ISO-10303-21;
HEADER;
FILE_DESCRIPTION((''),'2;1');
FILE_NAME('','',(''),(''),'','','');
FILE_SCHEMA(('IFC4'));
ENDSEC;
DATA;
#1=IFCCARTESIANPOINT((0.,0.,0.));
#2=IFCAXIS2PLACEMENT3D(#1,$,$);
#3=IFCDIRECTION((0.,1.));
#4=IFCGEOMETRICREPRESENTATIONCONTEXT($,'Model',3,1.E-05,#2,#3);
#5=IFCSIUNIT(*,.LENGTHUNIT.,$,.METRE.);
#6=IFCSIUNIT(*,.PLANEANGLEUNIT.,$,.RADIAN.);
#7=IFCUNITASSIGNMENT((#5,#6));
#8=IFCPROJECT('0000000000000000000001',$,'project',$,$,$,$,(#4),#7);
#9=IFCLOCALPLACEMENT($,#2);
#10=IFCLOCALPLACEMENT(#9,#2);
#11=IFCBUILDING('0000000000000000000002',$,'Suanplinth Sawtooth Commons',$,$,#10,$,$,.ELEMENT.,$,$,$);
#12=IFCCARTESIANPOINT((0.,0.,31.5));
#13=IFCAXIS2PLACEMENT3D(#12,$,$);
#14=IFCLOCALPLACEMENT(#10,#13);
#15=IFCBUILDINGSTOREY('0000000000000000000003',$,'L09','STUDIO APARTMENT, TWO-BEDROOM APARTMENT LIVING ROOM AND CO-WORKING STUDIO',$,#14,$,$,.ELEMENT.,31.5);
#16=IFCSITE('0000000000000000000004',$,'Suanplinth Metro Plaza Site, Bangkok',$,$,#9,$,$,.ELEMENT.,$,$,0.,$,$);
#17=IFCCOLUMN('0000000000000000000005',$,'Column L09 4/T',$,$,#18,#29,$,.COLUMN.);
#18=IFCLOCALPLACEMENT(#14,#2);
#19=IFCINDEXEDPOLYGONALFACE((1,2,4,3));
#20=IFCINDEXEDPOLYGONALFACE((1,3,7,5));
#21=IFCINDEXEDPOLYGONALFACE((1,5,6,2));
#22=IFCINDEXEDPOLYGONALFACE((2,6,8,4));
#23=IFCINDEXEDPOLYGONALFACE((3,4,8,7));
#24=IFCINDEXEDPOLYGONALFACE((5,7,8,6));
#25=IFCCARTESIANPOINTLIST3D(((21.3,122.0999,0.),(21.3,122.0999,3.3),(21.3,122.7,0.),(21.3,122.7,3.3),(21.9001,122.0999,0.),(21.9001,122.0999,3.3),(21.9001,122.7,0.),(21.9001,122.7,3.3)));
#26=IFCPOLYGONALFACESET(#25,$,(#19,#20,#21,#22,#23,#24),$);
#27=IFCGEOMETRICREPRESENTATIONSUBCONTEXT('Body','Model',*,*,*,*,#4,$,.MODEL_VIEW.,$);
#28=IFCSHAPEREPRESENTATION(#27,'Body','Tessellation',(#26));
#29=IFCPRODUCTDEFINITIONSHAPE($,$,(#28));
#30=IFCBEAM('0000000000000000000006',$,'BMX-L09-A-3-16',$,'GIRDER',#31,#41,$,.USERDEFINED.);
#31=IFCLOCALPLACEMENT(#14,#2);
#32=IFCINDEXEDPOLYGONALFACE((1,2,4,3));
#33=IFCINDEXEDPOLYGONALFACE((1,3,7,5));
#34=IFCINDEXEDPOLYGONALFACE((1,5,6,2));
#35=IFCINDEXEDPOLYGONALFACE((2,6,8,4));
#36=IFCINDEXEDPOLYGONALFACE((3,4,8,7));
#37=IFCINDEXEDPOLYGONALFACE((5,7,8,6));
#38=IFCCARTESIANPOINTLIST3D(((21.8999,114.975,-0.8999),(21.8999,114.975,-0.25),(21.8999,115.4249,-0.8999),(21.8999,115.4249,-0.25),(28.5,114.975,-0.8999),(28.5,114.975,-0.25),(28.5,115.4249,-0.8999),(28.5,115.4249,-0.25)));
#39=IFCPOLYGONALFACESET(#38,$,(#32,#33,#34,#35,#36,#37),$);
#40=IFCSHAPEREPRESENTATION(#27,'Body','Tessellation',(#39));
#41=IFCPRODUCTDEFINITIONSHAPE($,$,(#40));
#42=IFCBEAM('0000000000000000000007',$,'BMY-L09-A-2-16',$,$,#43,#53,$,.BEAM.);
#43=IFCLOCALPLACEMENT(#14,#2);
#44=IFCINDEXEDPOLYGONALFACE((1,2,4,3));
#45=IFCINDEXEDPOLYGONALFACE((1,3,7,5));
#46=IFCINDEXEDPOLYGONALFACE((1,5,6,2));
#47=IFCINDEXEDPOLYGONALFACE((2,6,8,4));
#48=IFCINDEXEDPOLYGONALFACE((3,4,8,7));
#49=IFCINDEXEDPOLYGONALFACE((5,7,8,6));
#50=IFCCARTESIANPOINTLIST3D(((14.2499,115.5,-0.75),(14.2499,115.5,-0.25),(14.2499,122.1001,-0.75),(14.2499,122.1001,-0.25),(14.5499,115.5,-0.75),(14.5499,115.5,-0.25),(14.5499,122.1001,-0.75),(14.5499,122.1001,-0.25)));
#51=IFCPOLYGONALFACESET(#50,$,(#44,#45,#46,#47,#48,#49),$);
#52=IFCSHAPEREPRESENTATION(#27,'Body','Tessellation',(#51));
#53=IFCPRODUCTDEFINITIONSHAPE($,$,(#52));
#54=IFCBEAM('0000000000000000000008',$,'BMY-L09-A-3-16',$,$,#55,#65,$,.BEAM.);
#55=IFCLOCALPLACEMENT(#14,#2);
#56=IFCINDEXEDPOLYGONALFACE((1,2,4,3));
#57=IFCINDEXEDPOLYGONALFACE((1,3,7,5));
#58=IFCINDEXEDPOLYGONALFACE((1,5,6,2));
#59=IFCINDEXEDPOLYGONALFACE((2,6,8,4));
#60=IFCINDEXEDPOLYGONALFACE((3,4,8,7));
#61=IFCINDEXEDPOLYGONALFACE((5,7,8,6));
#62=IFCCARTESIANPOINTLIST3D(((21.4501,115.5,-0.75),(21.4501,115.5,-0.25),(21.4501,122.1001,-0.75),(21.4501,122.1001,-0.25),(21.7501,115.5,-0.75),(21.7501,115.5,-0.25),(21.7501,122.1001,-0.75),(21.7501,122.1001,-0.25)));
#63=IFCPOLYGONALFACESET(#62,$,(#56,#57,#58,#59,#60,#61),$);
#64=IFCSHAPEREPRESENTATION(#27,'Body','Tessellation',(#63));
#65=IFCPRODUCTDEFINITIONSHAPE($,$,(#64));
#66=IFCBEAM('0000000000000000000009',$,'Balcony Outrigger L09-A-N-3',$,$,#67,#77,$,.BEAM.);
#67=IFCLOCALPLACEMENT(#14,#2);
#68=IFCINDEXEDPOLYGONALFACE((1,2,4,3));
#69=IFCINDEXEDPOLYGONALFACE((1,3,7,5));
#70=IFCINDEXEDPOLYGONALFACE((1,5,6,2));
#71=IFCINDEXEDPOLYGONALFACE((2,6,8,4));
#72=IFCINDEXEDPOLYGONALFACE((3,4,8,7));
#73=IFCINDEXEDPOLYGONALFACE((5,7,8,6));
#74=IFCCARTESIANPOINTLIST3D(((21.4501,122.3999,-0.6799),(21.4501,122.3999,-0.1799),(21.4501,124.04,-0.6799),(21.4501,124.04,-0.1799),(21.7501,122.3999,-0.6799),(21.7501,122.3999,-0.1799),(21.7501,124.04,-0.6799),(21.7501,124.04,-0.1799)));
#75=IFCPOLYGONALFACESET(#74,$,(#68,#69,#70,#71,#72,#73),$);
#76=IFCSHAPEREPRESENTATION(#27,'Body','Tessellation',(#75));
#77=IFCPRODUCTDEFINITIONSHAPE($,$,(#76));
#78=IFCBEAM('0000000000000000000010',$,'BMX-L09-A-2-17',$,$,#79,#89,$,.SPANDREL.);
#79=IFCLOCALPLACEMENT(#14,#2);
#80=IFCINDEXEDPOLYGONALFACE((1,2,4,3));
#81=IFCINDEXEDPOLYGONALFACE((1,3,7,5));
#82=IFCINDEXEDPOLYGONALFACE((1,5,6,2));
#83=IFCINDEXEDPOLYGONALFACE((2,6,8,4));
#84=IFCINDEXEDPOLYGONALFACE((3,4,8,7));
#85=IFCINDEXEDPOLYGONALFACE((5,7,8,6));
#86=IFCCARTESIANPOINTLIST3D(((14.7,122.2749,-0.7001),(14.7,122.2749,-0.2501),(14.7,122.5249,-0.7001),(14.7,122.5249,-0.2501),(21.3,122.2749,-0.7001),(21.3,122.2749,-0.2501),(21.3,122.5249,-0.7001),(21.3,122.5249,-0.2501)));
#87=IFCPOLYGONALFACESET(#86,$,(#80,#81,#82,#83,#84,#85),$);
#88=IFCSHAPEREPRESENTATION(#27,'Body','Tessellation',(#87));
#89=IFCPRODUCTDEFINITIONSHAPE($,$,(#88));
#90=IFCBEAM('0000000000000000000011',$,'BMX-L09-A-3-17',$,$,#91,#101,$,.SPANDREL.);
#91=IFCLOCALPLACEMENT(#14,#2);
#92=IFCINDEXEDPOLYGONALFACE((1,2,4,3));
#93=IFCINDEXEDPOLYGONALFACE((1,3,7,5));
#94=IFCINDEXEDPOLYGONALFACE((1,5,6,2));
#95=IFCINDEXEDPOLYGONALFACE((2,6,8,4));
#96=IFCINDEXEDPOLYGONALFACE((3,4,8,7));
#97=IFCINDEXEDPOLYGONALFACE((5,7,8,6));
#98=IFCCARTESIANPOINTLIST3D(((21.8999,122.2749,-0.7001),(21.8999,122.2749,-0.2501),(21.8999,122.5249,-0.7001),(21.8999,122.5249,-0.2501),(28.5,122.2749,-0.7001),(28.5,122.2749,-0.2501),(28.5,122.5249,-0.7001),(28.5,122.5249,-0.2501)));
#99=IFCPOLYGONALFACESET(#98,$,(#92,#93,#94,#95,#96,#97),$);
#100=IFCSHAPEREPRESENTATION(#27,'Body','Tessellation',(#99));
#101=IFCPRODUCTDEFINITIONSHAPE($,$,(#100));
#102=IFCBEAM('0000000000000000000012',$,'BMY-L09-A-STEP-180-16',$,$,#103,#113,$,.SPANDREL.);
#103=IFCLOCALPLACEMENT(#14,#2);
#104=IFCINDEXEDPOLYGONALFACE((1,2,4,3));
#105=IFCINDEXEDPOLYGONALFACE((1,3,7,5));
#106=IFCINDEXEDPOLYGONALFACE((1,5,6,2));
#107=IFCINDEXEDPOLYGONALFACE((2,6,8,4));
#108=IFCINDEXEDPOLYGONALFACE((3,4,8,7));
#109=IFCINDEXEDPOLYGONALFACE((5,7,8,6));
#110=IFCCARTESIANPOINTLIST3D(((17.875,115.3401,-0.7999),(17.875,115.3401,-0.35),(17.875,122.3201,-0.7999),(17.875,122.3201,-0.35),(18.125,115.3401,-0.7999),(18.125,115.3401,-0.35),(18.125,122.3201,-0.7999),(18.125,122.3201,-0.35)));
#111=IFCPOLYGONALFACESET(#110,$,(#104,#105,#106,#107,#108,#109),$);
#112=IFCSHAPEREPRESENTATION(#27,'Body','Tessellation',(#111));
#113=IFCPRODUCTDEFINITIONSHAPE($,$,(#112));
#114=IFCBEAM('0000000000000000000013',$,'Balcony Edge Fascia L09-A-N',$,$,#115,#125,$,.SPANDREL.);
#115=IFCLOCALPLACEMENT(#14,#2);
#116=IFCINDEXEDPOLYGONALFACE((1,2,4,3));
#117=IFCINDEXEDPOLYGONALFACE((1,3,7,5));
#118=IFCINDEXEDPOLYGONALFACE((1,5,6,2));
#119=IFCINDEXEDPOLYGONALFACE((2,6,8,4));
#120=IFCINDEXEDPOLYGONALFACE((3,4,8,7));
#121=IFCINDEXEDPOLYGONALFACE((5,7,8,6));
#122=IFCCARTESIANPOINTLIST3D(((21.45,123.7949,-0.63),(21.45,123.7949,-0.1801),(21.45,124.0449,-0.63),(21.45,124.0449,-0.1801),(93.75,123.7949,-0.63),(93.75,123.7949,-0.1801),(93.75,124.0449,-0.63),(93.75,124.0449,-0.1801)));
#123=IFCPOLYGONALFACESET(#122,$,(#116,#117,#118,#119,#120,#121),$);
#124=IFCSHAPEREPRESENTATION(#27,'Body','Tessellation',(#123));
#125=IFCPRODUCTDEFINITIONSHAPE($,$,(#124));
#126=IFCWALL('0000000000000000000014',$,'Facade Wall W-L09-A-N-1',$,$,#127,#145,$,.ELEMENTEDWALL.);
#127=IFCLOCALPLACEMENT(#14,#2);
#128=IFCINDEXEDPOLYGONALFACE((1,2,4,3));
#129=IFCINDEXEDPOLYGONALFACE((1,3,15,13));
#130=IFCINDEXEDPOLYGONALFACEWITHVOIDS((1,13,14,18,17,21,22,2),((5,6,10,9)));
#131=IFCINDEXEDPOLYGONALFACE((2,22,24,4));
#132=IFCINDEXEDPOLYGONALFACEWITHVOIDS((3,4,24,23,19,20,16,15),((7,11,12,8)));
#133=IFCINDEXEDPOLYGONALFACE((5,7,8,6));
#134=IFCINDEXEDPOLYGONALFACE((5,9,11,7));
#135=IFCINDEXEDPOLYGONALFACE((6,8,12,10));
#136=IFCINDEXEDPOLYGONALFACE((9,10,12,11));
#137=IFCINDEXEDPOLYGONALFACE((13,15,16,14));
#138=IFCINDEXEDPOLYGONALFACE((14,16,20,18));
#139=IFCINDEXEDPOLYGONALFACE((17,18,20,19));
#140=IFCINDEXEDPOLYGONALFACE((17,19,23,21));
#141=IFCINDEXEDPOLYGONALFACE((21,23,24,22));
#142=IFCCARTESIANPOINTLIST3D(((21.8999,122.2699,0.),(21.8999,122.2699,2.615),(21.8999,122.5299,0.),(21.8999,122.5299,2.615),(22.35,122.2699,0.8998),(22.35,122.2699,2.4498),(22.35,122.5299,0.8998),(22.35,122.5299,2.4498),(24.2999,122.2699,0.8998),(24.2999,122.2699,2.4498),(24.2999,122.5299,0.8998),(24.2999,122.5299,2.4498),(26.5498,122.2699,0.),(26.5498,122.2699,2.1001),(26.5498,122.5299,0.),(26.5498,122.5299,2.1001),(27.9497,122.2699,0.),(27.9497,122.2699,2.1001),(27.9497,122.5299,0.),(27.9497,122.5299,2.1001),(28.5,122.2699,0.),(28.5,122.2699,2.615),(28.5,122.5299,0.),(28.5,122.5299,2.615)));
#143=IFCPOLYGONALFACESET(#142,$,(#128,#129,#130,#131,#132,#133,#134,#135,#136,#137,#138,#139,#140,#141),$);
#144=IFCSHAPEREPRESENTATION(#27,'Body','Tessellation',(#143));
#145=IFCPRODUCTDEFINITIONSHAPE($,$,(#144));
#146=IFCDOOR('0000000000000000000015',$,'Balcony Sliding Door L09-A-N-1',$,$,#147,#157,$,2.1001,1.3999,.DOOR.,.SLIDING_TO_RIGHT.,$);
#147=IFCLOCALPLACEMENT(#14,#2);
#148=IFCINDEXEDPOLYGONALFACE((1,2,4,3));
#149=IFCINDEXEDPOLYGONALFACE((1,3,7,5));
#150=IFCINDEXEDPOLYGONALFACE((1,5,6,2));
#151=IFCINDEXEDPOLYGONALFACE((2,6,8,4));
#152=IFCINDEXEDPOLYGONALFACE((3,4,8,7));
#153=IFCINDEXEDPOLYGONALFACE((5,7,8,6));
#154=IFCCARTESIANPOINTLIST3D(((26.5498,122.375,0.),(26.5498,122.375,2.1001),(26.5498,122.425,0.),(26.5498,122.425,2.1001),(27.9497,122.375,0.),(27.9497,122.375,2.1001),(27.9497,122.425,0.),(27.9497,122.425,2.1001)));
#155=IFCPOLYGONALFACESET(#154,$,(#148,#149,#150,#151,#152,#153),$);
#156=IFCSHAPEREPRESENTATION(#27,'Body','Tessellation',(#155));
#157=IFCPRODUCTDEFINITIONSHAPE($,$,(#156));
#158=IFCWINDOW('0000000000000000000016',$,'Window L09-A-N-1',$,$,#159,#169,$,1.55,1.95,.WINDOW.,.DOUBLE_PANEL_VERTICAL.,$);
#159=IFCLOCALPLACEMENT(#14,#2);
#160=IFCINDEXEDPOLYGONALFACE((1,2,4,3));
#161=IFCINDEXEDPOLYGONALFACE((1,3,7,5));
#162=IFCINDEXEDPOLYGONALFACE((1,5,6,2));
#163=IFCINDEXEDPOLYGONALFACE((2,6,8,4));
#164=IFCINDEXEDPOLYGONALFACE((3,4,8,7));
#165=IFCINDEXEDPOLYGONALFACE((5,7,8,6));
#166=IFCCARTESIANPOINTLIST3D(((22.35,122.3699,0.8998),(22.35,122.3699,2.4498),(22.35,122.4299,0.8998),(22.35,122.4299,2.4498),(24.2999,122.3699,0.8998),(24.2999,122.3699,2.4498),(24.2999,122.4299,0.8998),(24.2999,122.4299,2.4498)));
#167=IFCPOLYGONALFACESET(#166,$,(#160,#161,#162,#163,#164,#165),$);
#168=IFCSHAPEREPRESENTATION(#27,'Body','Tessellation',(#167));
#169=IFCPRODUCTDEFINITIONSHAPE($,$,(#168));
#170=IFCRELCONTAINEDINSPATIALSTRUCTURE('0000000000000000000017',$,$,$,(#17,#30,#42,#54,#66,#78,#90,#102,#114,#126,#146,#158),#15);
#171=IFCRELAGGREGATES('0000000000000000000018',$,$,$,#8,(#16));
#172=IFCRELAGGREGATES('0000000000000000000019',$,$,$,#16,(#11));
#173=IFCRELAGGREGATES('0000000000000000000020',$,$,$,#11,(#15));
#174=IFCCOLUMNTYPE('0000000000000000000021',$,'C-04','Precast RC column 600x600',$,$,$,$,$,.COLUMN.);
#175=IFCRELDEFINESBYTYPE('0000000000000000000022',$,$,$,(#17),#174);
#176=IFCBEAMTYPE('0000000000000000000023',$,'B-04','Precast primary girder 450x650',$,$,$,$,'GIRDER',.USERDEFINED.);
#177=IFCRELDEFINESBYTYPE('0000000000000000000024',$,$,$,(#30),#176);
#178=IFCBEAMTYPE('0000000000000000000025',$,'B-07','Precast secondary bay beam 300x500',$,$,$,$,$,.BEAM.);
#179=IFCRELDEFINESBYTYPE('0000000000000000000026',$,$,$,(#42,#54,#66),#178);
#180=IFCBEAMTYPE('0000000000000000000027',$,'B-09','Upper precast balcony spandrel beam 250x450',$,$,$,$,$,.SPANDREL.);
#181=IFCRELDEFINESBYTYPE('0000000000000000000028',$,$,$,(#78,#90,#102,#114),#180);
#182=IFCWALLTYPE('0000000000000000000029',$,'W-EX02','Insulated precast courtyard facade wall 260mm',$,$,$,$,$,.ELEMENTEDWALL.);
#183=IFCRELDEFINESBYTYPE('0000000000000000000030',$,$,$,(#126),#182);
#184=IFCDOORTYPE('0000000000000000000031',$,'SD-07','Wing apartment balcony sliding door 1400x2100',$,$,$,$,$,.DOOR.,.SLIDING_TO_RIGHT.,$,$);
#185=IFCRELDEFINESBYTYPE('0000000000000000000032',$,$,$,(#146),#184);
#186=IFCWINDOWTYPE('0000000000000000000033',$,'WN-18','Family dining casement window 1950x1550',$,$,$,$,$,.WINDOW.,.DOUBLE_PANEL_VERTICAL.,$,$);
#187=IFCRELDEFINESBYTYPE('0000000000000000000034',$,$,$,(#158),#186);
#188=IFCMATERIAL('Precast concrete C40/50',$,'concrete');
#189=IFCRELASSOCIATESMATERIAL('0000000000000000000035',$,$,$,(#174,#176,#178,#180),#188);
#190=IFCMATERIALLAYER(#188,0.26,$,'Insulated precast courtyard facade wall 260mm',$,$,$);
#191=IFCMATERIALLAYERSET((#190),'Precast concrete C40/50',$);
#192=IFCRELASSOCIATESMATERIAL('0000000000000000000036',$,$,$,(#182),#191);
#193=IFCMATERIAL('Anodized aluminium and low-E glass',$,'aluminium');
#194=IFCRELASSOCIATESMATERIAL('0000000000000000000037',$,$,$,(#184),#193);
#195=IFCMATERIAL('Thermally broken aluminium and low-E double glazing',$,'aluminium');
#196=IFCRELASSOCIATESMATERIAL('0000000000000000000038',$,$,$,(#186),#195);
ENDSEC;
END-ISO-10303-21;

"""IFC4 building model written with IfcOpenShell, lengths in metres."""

from ifc_helpers import new_model, si_unit, direction, frame, frame_2d, origin, origin_2d, place, context, subcontext, project, spatial, rectangle, extrude, material, layer, layer_set, material_profile, profile_set, type_object, element, fill, save


model = new_model("IFC4")

# Units and contexts
model_context = context("Model", 3, precision=1e-05, world=origin(), true_north=direction((0.0, 1.0)))
body_context = subcontext(model_context, "Body", "Model", "MODEL_VIEW")
ifc_project = project(units=[si_unit("LENGTHUNIT", "METRE"), si_unit("PLANEANGLEUNIT", "RADIAN")], contexts=[model_context])

# Site, building, storey
site_placement = place(None, origin())
site = spatial("IfcSite", under=ifc_project, at=site_placement, Name="Suanplinth Metro Plaza Site, Bangkok", CompositionType="ELEMENT", RefElevation=0.0)
building_placement = place(site_placement, origin())
building = spatial("IfcBuilding", under=site, at=building_placement, Name="Suanplinth Sawtooth Commons", CompositionType="ELEMENT")
storey_placement = place(building_placement, frame((0.0, 0.0, 31.5)))
storey = spatial("IfcBuildingStorey", under=building, at=storey_placement, Name="L09", Description="STUDIO APARTMENT, TWO-BEDROOM APARTMENT LIVING ROOM AND CO-WORKING STUDIO", CompositionType="ELEMENT", Elevation=31.5)

# Column
ifc_material_1 = material(Name="Precast concrete C40/50", Category="concrete")
ifc_material_profile_1 = material_profile(ifc_material_1, rectangle(XDim=0.6001, YDim=0.6001, at=origin_2d()), Name="PC-COL 600x600")
ifc_profile_set_1 = profile_set([ifc_material_profile_1], Name="Precast concrete C40/50")
column_type = type_object("IfcColumnType", Name="C-04", Description="Precast RC column 600x600", PredefinedType="COLUMN", material=ifc_profile_set_1)
column_placement = place(storey_placement, frame((21.6001, 122.3999, 0.0), z_axis=(0.0, 0.0, 1.0), x_axis=(1.0, 0.0, 0.0)))
element("IfcColumn", 1, at=column_placement, inside=storey, type_object=column_type, Name="Column L09 4/T", PredefinedType="COLUMN", context=body_context, shape_type="SweptSolid", body=[
    extrude(rectangle(XDim=0.6001, YDim=0.6001, at=origin_2d()), origin(), (0.0, 0.0, 1.0), 3.3),
])

# Beams
ifc_material_profile_2 = material_profile(ifc_material_1, rectangle(XDim=0.45, YDim=0.6499, at=origin_2d()), Name="PC-GDR 450x650")
ifc_profile_set_2 = profile_set([ifc_material_profile_2], Name="Precast concrete C40/50")
beam_type_1 = type_object("IfcBeamType", Name="B-04", Description="Precast primary girder 450x650", ElementType="GIRDER", PredefinedType="USERDEFINED", material=ifc_profile_set_2)
beam_1_placement = place(storey_placement, frame((21.8999, 115.2, -0.575), z_axis=(1.0, 0.0, 0.0), x_axis=(0.0, 1.0, 0.0)))
element("IfcBeam", 2, at=beam_1_placement, inside=storey, type_object=beam_type_1, Name="BMX-L09-A-3-16", ObjectType="GIRDER", PredefinedType="USERDEFINED", context=body_context, shape_type="SweptSolid", body=[
    extrude(rectangle(XDim=0.45, YDim=0.6499, at=origin_2d()), origin(), (0.0, 0.0, 1.0), 6.6001),
])
ifc_material_profile_3 = material_profile(ifc_material_1, rectangle(XDim=0.3, YDim=0.5, at=origin_2d()), Name="PC-BM 300x500")
ifc_profile_set_3 = profile_set([ifc_material_profile_3], Name="Precast concrete C40/50")
beam_type_2 = type_object("IfcBeamType", Name="B-07", Description="Precast secondary bay beam 300x500", PredefinedType="BEAM", material=ifc_profile_set_3)
for number, where, z_axis, x_axis, name in (
    (3, (14.3999, 115.5, -0.5), (0.0, 1.0, 0.0), (-1.0, 0.0, 0.0), "BMY-L09-A-2-16"),
    (4, (21.6001, 115.5, -0.5), (0.0, 1.0, 0.0), (-1.0, 0.0, 0.0), "BMY-L09-A-3-16"),
):
    element("IfcBeam", number, at=place(storey_placement, frame(where, z_axis=z_axis, x_axis=x_axis)), inside=storey, type_object=beam_type_2, Name=name, PredefinedType="BEAM", context=body_context, shape_type="SweptSolid", body=[
        extrude(rectangle(XDim=0.3, YDim=0.5, at=origin_2d()), origin(), (0.0, 0.0, 1.0), 6.6001),
    ])
beam_2_placement = place(storey_placement, frame((21.6001, 122.3999, -0.4299), z_axis=(0.0, 1.0, 0.0), x_axis=(-1.0, 0.0, 0.0)))
element("IfcBeam", 5, at=beam_2_placement, inside=storey, type_object=beam_type_2, Name="Balcony Outrigger L09-A-N-3", PredefinedType="BEAM", context=body_context, shape_type="SweptSolid", body=[
    extrude(rectangle(XDim=0.3, YDim=0.5, at=origin_2d()), origin(), (0.0, 0.0, 1.0), 1.6401),
])
ifc_material_profile_4 = material_profile(ifc_material_1, rectangle(XDim=0.25, YDim=0.45, at=origin_2d()), Name="PC-SP 250x450")
ifc_profile_set_4 = profile_set([ifc_material_profile_4], Name="Precast concrete C40/50")
beam_type_3 = type_object("IfcBeamType", Name="B-09", Description="Upper precast balcony spandrel beam 250x450", PredefinedType="SPANDREL", material=ifc_profile_set_4)
for number, where, z_axis, x_axis, name in (
    (6, (14.7, 122.3999, -0.4751), (1.0, 0.0, 0.0), (0.0, 1.0, 0.0), "BMX-L09-A-2-17"),
    (7, (21.8999, 122.3999, -0.4751), (1.0, 0.0, 0.0), (0.0, 1.0, 0.0), "BMX-L09-A-3-17"),
):
    element("IfcBeam", number, at=place(storey_placement, frame(where, z_axis=z_axis, x_axis=x_axis)), inside=storey, type_object=beam_type_3, Name=name, PredefinedType="SPANDREL", context=body_context, shape_type="SweptSolid", body=[
        extrude(rectangle(XDim=0.25, YDim=0.45, at=origin_2d()), origin(), (0.0, 0.0, 1.0), 6.6001),
    ])
beam_3_placement = place(storey_placement, frame((18.0, 115.3401, -0.575), z_axis=(0.0, 1.0, 0.0), x_axis=(-1.0, 0.0, 0.0)))
element("IfcBeam", 8, at=beam_3_placement, inside=storey, type_object=beam_type_3, Name="BMY-L09-A-STEP-180-16", PredefinedType="SPANDREL", context=body_context, shape_type="SweptSolid", body=[
    extrude(rectangle(XDim=0.25, YDim=0.45, at=origin_2d()), origin(), (0.0, 0.0, 1.0), 6.98),
])
beam_4_placement = place(storey_placement, frame((21.45, 123.9199, -0.405), z_axis=(1.0, 0.0, 0.0), x_axis=(0.0, 1.0, 0.0)))
element("IfcBeam", 9, at=beam_4_placement, inside=storey, type_object=beam_type_3, Name="Balcony Edge Fascia L09-A-N", PredefinedType="SPANDREL", context=body_context, shape_type="SweptSolid", body=[
    extrude(rectangle(XDim=0.25, YDim=0.45, at=origin_2d()), origin(), (0.0, 0.0, 1.0), 72.3),
])

# Shared definitions
ifc_layer_1 = layer(ifc_material_1, 0.26, Name="Insulated precast courtyard facade wall 260mm")
ifc_layer_set_1 = layer_set([ifc_layer_1], Name="Precast concrete C40/50")
wall_type_1 = type_object("IfcWallType", Name="W-EX02", Description="Insulated precast courtyard facade wall 260mm", PredefinedType="ELEMENTEDWALL", material=ifc_layer_set_1)
ifc_material_2 = material(Name="Anodized aluminium and low-E glass", Category="aluminium")

# Wall, openings, door, window
wall_1_placement = place(storey_placement, frame((21.8999, 122.3999, 0.0), z_axis=(0.0, 0.0, 1.0), x_axis=(1.0, 0.0, 0.0)))
wall_1 = element("IfcWall", 10, at=wall_1_placement, inside=storey, type_object=wall_type_1, Name="Facade Wall W-L09-A-N-1", PredefinedType="ELEMENTEDWALL", context=body_context, shape_type="SweptSolid", body=[
    extrude(rectangle(XDim=6.6001, YDim=0.26, at=frame_2d((3.3, 0.0))), origin(), (0.0, 0.0, 1.0), 2.615),
])
opening_1_placement = place(wall_1_placement, frame((4.6499, 0.0, 0.0)))
opening_1 = element("IfcOpeningElement", 11, at=opening_1_placement, cuts=wall_1, PredefinedType="OPENING", context=body_context, shape_type="SweptSolid", body=[
    extrude(rectangle(XDim=1.3999, YDim=2.1001, at=frame_2d((0.7, 1.05))), frame((0.0, 0.145, 0.0), z_axis=(0.0, -1.0, 0.0), x_axis=(1.0, 0.0, 0.0)), (0.0, 0.0, 1.0), 0.2898),
])
opening_2_placement = place(wall_1_placement, frame((0.45, 0.0, 0.8999)))
opening_2 = element("IfcOpeningElement", 12, at=opening_2_placement, cuts=wall_1, PredefinedType="OPENING", context=body_context, shape_type="SweptSolid", body=[
    extrude(rectangle(XDim=1.95, YDim=1.55, at=frame_2d((0.9751, 0.7749))), frame((0.0, 0.145, 0.0), z_axis=(0.0, -1.0, 0.0), x_axis=(1.0, 0.0, 0.0)), (0.0, 0.0, 1.0), 0.2898),
])
door_type_1 = type_object("IfcDoorType", Name="SD-07", Description="Wing apartment balcony sliding door 1400x2100", OperationType="SLIDING_TO_RIGHT", PredefinedType="DOOR", material=ifc_material_2)
door_1_placement = place(opening_1_placement, frame((1.3999, 0.0, 0.0), z_axis=(0.0, 0.0, 1.0), x_axis=(-1.0, 0.0, 0.0)))
door_1 = element("IfcDoor", 13, at=door_1_placement, inside=storey, type_object=door_type_1, Name="Balcony Sliding Door L09-A-N-1", OperationType="SLIDING_TO_RIGHT", OverallHeight=2.1001, OverallWidth=1.3999, PredefinedType="DOOR", context=body_context, shape_type="SweptSolid", body=[
    extrude(rectangle(XDim=1.3999, YDim=2.1001, at=frame_2d((0.7, 1.05))), frame((0.0, 0.0249, 0.0), z_axis=(0.0, -1.0, 0.0), x_axis=(1.0, 0.0, 0.0)), (0.0, 0.0, 1.0), 0.05),
])
fill(opening_1, door_1)
ifc_material_3 = material(Name="Thermally broken aluminium and low-E double glazing", Category="aluminium")
window_type = type_object("IfcWindowType", Name="WN-18", Description="Family dining casement window 1950x1550", PartitioningType="DOUBLE_PANEL_VERTICAL", PredefinedType="WINDOW", material=ifc_material_3)
window_placement = place(opening_2_placement, origin())
window = element("IfcWindow", 14, at=window_placement, inside=storey, type_object=window_type, Name="Window L09-A-N-1", OverallHeight=1.55, OverallWidth=1.95, PartitioningType="DOUBLE_PANEL_VERTICAL", PredefinedType="WINDOW", context=body_context, shape_type="SweptSolid", body=[
    extrude(rectangle(XDim=1.95, YDim=1.55, at=frame_2d((0.9751, 0.7749))), frame((0.0, 0.03, 0.0), z_axis=(0.0, -1.0, 0.0), x_axis=(1.0, 0.0, 0.0)), (0.0, 0.0, 1.0), 0.0601),
])
fill(opening_2, window)

save(model, "model.ifc")
